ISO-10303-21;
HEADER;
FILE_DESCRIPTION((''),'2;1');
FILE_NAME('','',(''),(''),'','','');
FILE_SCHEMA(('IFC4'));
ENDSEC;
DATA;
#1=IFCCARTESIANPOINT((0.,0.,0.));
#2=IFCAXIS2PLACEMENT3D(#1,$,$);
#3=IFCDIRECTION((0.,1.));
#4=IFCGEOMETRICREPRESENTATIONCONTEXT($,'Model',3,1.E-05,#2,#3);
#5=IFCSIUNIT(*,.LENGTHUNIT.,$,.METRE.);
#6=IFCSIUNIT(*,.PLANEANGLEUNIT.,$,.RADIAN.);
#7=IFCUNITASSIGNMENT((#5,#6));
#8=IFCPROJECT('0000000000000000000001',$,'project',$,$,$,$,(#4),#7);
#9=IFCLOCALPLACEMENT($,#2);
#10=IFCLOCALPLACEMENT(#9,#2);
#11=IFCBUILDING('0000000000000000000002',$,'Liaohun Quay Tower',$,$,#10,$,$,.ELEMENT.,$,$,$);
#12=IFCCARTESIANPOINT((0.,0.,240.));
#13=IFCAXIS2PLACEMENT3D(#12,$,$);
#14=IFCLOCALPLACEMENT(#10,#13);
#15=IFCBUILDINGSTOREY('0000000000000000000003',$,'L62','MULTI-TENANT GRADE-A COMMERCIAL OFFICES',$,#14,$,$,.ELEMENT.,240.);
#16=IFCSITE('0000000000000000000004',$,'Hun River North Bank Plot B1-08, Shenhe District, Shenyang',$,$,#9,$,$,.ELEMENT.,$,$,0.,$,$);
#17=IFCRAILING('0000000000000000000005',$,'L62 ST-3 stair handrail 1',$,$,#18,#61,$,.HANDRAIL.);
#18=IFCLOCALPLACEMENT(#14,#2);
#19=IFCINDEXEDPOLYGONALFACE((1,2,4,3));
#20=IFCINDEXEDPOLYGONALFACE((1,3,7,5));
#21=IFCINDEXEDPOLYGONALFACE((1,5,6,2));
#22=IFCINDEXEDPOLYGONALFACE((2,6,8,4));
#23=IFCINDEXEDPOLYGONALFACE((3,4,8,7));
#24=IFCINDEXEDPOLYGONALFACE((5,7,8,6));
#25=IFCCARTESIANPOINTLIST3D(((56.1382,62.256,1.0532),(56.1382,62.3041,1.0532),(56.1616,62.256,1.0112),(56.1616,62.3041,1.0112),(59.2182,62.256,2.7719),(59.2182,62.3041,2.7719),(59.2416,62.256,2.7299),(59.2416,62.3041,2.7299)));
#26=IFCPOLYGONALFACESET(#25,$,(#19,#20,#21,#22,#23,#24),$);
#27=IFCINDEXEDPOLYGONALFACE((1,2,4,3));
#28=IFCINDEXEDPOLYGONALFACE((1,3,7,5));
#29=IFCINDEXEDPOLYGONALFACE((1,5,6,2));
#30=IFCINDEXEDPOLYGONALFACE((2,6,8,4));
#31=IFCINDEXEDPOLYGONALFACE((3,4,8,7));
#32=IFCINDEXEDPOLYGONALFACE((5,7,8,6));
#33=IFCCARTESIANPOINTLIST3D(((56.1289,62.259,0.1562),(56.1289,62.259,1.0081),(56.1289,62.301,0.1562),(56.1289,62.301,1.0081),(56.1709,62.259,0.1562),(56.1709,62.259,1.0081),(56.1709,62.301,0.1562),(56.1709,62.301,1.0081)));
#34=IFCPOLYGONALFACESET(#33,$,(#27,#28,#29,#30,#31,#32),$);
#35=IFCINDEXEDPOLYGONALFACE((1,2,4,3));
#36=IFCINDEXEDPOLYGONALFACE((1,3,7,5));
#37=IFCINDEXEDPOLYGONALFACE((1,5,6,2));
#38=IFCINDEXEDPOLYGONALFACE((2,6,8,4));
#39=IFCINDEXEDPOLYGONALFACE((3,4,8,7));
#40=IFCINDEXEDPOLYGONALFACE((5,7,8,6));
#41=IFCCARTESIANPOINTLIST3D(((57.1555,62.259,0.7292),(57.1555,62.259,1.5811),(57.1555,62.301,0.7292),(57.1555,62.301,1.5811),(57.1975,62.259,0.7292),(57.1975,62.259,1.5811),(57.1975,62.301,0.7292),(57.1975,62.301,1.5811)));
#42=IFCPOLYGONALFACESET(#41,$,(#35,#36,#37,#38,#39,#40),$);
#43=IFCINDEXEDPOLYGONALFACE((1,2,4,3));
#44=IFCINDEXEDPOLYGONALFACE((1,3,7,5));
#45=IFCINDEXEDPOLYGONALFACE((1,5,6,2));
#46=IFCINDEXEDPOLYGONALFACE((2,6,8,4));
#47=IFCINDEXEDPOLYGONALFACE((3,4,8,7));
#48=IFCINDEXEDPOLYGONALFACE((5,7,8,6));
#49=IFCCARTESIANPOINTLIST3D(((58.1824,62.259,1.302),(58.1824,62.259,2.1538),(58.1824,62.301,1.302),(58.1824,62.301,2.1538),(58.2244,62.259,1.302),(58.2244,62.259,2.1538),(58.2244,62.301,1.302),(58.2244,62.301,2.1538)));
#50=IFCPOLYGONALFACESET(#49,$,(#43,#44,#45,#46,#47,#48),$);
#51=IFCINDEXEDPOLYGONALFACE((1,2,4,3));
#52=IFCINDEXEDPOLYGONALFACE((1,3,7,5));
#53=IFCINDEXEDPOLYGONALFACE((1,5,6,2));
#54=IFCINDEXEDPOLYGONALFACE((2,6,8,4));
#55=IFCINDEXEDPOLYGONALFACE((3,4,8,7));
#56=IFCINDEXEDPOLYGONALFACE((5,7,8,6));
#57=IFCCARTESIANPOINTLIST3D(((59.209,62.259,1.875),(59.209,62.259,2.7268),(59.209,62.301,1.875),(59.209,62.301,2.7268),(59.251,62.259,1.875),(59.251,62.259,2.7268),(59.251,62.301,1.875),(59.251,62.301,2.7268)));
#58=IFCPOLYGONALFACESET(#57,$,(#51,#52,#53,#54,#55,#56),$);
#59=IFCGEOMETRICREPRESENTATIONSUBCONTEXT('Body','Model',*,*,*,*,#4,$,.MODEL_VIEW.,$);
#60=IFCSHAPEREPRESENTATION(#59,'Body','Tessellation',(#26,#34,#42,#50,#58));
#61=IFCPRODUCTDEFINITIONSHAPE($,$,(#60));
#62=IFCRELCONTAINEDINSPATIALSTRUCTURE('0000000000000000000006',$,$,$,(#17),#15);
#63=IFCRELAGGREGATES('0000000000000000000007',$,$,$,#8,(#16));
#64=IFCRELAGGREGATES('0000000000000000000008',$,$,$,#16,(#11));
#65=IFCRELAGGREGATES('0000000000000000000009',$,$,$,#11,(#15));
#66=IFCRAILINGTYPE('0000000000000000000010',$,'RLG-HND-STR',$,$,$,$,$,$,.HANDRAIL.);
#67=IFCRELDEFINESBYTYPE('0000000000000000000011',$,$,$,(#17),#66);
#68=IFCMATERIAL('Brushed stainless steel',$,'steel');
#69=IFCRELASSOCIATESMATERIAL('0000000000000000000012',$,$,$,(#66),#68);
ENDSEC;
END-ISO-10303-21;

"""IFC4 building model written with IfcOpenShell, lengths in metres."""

from ifc_helpers import new_model, si_unit, direction, frame, origin, origin_2d, place, context, subcontext, project, spatial, rectangle, extrude, material, type_object, element, save


model = new_model("IFC4")

# Units and contexts
model_context = context("Model", 3, precision=1e-05, world=origin(), true_north=direction((0.0, 1.0)))
body_context = subcontext(model_context, "Body", "Model", "MODEL_VIEW")
ifc_project = project(units=[si_unit("LENGTHUNIT", "METRE"), si_unit("PLANEANGLEUNIT", "RADIAN")], contexts=[model_context])

# Site, building, storey
site_placement = place(None, origin())
site = spatial("IfcSite", under=ifc_project, at=site_placement, Name="Hun River North Bank Plot B1-08, Shenhe District, Shenyang", CompositionType="ELEMENT", RefElevation=0.0)
building_placement = place(site_placement, origin())
building = spatial("IfcBuilding", under=site, at=building_placement, Name="Liaohun Quay Tower", CompositionType="ELEMENT")
storey_placement = place(building_placement, frame((0.0, 0.0, 240.0)))
storey = spatial("IfcBuildingStorey", under=building, at=storey_placement, Name="L62", Description="MULTI-TENANT GRADE-A COMMERCIAL OFFICES", CompositionType="ELEMENT", Elevation=240.0)

# Railing
ifc_material_1 = material(Name="Brushed stainless steel", Category="steel")
railing_type_1 = type_object("IfcRailingType", Name="RLG-HND-STR", PredefinedType="HANDRAIL", material=ifc_material_1)
railing_1_placement = place(storey_placement, frame((56.1499, 62.28, 0.1562)))
element("IfcRailing", 1, at=railing_1_placement, inside=storey, type_object=railing_type_1, Name="L62 ST-3 stair handrail 1", PredefinedType="HANDRAIL", context=body_context, shape_type="SweptSolid", body=[
    extrude(rectangle(XDim=0.0481, YDim=0.0481, at=origin_2d()), frame((0.0, 0.0, 0.876), z_axis=(0.873242, 0.0, 0.487288), x_axis=(0.0, 1.0, 0.0)), (0.0, 0.0, 1.0), 3.5271),
    extrude(rectangle(XDim=0.042, YDim=0.042, at=origin_2d()), origin(), (0.0, 0.0, 1.0), 0.8518),
    extrude(rectangle(XDim=0.042, YDim=0.042, at=origin_2d()), frame((1.0266, 0.0, 0.573)), (0.0, 0.0, 1.0), 0.8518),
    extrude(rectangle(XDim=0.042, YDim=0.042, at=origin_2d()), frame((2.0535, 0.0, 1.1458)), (0.0, 0.0, 1.0), 0.8518),
    extrude(rectangle(XDim=0.042, YDim=0.042, at=origin_2d()), frame((3.0801, 0.0, 1.7188)), (0.0, 0.0, 1.0), 0.8518),
])

save(model, "model.ifc")
